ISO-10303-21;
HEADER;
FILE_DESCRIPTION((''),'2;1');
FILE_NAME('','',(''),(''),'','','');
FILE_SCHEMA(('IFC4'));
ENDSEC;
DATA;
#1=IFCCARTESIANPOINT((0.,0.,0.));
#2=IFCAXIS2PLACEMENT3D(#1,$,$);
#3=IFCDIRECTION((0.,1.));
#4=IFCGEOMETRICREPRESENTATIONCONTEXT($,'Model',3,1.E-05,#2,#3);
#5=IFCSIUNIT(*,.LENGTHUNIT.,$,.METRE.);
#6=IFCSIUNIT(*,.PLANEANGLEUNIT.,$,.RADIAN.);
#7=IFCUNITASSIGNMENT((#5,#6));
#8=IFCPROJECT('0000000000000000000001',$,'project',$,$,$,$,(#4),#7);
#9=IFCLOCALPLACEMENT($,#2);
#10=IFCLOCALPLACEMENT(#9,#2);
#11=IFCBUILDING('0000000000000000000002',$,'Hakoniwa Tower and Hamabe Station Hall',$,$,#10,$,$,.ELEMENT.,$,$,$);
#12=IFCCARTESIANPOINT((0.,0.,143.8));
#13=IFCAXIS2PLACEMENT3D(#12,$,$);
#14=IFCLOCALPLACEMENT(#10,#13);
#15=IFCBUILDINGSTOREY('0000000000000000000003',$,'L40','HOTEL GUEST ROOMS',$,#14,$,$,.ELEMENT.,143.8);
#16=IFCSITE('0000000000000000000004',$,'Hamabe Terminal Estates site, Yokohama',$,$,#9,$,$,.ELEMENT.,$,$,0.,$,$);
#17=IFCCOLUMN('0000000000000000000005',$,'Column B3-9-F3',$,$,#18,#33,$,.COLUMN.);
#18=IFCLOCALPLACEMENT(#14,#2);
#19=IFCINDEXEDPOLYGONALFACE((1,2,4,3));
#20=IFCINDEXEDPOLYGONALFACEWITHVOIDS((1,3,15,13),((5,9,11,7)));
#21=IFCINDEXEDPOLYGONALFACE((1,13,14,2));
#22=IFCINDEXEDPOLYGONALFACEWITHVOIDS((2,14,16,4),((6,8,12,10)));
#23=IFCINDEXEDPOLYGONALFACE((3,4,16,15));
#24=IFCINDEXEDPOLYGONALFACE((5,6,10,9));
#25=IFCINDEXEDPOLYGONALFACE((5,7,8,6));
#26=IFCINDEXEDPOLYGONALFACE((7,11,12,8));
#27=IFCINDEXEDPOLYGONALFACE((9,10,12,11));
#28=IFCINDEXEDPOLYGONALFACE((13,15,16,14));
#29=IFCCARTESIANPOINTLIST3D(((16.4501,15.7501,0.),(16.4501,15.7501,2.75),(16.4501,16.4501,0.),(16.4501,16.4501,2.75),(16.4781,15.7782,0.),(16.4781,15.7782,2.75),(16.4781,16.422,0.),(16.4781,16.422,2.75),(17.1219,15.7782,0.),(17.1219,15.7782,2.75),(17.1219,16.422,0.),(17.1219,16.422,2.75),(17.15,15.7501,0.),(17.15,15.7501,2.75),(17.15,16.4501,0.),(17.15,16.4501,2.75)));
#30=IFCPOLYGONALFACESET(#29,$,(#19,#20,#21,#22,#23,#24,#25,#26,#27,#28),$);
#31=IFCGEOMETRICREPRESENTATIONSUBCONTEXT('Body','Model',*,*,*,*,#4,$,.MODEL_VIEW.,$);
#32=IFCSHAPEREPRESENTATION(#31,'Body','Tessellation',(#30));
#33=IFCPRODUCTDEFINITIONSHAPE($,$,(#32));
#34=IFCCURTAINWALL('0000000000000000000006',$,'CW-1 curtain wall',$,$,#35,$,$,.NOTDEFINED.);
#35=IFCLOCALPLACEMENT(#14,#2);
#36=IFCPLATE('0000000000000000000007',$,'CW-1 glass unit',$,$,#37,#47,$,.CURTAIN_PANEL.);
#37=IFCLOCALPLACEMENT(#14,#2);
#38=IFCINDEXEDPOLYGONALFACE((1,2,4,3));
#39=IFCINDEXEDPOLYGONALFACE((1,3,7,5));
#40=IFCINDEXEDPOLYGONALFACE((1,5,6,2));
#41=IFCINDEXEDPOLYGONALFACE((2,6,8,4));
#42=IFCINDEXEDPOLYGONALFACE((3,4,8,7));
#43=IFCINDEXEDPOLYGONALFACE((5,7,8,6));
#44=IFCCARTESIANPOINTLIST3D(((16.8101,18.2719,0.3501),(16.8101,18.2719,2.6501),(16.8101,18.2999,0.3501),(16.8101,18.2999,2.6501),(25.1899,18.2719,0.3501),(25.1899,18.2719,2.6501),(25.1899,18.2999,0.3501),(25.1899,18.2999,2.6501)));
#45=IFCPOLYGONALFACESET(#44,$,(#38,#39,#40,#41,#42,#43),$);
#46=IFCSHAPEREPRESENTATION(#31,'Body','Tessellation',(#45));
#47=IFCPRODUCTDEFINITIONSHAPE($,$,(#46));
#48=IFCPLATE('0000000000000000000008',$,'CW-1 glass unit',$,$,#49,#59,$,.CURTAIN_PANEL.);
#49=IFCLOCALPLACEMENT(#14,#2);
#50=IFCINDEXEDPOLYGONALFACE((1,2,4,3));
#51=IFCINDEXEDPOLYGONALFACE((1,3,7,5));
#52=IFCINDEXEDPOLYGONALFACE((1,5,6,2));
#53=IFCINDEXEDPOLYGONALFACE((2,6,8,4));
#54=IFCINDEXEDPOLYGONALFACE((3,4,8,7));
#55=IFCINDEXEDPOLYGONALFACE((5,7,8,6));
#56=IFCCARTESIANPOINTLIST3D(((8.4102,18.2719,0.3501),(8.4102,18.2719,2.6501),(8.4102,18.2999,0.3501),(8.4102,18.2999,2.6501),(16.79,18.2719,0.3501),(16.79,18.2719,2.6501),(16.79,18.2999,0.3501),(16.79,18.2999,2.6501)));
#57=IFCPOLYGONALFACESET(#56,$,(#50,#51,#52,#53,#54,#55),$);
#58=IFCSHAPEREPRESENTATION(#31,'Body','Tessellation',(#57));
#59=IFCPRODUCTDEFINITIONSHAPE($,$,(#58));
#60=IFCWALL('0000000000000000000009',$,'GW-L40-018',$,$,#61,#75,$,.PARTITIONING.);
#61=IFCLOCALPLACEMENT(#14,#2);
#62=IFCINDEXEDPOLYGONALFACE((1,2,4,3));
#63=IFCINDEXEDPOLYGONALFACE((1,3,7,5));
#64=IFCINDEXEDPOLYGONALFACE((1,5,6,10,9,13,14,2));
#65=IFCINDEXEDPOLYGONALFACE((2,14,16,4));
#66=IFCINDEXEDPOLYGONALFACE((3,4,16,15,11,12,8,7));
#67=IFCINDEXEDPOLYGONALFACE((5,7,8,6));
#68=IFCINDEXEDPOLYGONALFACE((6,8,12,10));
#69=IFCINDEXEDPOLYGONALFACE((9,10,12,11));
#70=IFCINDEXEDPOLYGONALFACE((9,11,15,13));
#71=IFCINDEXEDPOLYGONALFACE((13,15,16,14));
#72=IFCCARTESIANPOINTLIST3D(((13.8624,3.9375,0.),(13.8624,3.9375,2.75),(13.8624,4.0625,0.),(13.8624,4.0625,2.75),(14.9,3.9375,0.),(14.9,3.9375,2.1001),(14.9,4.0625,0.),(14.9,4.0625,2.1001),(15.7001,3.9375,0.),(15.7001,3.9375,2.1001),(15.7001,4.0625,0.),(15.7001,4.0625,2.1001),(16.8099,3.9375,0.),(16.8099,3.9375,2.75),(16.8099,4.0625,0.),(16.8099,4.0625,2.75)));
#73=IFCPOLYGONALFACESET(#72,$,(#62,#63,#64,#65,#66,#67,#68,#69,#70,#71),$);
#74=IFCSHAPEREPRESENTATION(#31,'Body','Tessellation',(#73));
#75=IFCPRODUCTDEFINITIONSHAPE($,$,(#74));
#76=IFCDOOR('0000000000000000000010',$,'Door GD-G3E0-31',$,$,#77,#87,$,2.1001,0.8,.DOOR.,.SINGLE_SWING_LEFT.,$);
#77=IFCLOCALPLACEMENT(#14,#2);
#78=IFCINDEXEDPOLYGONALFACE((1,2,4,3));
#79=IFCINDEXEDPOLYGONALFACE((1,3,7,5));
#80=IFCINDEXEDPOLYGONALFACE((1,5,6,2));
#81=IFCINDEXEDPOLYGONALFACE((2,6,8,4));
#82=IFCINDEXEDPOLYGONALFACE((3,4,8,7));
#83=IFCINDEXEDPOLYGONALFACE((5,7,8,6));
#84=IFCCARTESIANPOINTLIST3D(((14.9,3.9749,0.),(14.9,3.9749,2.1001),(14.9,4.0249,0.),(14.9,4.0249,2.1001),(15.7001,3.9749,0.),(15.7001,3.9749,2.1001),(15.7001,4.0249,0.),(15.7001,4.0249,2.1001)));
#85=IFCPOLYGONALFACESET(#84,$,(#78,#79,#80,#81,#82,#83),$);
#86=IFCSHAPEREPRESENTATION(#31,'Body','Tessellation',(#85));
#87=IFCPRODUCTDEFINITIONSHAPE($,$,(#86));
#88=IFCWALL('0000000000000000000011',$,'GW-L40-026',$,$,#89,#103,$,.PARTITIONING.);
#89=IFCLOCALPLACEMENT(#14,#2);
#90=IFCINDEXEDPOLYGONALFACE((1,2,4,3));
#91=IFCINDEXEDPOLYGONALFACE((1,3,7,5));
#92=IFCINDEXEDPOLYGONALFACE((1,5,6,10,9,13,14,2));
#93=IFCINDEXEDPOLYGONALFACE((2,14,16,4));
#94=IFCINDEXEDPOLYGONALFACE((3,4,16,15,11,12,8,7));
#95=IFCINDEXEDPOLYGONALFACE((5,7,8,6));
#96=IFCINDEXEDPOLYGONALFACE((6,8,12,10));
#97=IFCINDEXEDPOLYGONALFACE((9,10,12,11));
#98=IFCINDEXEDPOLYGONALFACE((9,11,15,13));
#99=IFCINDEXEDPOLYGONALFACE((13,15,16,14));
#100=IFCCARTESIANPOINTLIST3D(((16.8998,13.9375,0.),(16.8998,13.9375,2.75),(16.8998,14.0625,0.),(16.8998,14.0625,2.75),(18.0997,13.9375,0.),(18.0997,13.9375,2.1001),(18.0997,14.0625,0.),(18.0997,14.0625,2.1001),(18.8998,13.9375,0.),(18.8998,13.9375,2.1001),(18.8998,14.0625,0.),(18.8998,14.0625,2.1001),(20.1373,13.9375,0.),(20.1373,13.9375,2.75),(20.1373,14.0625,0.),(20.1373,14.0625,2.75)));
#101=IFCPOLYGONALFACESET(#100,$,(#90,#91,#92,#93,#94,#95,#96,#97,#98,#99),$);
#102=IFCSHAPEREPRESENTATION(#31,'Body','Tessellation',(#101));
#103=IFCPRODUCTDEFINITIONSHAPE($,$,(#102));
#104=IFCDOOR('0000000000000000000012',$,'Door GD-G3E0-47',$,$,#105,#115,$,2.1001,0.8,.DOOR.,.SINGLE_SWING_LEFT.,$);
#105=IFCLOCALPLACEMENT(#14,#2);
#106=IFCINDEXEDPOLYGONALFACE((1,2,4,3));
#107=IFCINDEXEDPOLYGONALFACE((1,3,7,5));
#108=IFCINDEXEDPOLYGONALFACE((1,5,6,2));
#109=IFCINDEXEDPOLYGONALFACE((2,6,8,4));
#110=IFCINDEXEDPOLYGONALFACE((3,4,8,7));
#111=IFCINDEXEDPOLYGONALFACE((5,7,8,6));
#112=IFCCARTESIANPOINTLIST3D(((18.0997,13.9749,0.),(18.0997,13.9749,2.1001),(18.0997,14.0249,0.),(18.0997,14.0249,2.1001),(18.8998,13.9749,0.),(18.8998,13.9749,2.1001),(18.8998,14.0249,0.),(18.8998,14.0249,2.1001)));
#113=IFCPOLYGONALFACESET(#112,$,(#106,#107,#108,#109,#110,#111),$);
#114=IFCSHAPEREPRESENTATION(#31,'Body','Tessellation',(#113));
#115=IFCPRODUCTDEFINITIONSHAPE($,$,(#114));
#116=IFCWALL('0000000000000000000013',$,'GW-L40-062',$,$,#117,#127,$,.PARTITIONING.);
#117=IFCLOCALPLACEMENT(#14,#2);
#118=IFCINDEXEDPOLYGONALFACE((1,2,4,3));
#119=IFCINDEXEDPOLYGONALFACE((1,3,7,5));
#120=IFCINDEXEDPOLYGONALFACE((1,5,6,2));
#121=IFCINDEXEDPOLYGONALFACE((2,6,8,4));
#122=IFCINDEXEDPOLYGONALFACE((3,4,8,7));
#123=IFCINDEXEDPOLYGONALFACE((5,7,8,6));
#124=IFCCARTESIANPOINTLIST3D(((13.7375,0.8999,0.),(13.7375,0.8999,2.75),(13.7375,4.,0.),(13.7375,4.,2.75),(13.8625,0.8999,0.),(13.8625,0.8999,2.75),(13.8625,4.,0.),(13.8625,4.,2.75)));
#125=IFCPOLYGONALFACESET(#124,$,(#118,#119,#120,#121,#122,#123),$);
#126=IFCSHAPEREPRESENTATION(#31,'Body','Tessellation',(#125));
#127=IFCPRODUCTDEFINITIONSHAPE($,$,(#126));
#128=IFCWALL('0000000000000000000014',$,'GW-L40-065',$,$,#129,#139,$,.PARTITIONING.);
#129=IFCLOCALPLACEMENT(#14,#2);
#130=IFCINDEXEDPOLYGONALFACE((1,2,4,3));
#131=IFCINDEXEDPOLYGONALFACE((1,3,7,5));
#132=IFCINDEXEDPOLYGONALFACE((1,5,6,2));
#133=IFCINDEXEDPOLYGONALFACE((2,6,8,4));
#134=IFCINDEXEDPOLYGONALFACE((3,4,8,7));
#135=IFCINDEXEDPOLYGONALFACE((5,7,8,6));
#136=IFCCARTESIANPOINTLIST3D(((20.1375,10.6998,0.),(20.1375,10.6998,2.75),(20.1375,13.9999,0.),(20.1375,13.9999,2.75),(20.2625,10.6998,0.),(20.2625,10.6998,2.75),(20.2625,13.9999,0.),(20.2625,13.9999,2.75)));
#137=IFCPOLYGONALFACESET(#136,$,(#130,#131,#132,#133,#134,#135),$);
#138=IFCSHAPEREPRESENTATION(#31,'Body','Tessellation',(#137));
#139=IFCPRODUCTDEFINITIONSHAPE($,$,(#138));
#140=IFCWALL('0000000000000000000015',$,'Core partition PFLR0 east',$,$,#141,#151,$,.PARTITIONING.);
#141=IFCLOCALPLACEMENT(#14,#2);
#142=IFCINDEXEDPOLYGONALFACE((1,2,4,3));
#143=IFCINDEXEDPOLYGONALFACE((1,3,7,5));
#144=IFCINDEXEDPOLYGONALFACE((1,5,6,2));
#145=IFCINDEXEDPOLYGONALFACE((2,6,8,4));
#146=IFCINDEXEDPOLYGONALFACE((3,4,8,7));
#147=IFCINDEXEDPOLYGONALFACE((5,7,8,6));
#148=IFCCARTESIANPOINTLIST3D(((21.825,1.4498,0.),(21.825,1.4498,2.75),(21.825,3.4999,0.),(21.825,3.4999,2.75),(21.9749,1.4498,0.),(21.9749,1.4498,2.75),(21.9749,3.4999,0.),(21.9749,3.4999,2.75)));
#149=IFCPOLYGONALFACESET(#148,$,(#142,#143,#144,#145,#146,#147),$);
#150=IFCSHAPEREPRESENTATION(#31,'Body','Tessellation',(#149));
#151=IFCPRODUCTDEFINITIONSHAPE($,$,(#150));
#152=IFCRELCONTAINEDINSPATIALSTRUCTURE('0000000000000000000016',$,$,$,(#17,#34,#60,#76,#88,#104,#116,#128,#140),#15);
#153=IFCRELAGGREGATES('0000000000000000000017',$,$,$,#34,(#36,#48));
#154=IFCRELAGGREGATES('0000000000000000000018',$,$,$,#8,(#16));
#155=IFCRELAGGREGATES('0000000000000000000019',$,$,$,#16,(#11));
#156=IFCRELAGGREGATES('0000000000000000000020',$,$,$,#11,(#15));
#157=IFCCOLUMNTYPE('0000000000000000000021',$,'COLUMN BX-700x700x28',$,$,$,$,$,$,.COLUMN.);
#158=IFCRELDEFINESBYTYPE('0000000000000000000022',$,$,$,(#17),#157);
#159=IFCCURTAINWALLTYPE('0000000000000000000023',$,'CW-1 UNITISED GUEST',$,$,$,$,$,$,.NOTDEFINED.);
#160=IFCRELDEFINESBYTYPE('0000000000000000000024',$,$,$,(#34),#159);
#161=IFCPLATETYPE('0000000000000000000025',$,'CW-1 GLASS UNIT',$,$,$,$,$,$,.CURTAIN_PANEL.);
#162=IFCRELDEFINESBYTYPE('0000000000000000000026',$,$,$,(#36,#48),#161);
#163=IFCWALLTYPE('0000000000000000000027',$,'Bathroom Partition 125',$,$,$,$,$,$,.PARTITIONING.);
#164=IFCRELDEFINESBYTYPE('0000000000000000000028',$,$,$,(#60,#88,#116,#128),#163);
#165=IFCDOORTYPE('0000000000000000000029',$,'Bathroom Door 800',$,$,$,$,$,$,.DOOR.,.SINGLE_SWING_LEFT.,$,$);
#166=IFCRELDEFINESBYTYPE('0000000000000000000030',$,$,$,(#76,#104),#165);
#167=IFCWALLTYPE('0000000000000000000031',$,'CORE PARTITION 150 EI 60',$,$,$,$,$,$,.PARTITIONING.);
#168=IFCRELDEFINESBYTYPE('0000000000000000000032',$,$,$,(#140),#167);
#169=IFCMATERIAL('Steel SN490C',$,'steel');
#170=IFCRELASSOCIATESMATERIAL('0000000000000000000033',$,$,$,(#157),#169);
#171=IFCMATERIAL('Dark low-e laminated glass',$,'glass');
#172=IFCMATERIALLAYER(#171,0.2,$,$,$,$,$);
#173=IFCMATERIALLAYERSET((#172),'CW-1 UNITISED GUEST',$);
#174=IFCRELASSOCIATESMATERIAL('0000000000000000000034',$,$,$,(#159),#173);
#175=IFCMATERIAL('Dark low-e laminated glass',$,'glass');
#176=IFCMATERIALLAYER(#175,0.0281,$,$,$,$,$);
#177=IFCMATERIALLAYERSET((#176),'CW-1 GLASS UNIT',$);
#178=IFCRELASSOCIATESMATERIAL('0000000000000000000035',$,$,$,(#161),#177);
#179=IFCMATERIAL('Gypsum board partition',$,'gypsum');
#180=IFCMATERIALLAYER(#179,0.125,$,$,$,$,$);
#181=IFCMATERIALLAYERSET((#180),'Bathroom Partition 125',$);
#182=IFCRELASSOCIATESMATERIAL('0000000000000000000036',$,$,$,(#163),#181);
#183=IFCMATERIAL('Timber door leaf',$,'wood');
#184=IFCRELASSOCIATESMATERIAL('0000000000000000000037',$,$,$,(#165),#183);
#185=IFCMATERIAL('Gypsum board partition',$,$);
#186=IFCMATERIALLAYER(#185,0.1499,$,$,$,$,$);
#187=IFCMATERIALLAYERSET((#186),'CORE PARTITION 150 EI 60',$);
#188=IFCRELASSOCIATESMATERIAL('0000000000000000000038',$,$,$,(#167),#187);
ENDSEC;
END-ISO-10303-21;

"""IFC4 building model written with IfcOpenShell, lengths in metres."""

from ifc_helpers import new_model, si_unit, direction, frame, frame_2d, origin, origin_2d, place, context, subcontext, project, spatial, rectangle, hollow_rectangle, extrude, material, layer, layer_set, material_profile, profile_set, type_object, element, fill, aggregate, save


model = new_model("IFC4")

# Units and contexts
model_context = context("Model", 3, precision=1e-05, world=origin(), true_north=direction((0.0, 1.0)))
body_context = subcontext(model_context, "Body", "Model", "MODEL_VIEW")
ifc_project = project(units=[si_unit("LENGTHUNIT", "METRE"), si_unit("PLANEANGLEUNIT", "RADIAN")], contexts=[model_context])

# Site, building, storey
site_placement = place(None, origin())
site = spatial("IfcSite", under=ifc_project, at=site_placement, Name="Hamabe Terminal Estates site, Yokohama", CompositionType="ELEMENT", RefElevation=0.0)
building_placement = place(site_placement, origin())
building = spatial("IfcBuilding", under=site, at=building_placement, Name="Hakoniwa Tower and Hamabe Station Hall", CompositionType="ELEMENT")
storey_placement = place(building_placement, frame((0.0, 0.0, 143.8)))
storey = spatial("IfcBuildingStorey", under=building, at=storey_placement, Name="L40", Description="HOTEL GUEST ROOMS", CompositionType="ELEMENT", Elevation=143.8)

# Column
ifc_material_1 = material(Name="Steel SN490C", Category="steel")
ifc_material_profile = material_profile(ifc_material_1, hollow_rectangle(XDim=0.7, YDim=0.7, WallThickness=0.0281, at=origin_2d()), Name="BX-700x700x28")
ifc_profile_set = profile_set([ifc_material_profile], Name="Steel SN490C")
column_type = type_object("IfcColumnType", Name="COLUMN BX-700x700x28", PredefinedType="COLUMN", material=ifc_profile_set)
column_placement = place(storey_placement, frame((16.8, 16.1001, 0.0), z_axis=(0.0, 0.0, 1.0), x_axis=(1.0, 0.0, 0.0)))
element("IfcColumn", 1, at=column_placement, inside=storey, type_object=column_type, Name="Column B3-9-F3", PredefinedType="COLUMN", context=body_context, shape_type="SweptSolid", body=[
    extrude(hollow_rectangle(XDim=0.7, YDim=0.7, WallThickness=0.0281, at=origin_2d()), origin(), (0.0, 0.0, 1.0), 2.75),
])

# Curtain wall, plates
ifc_material_2 = material(Name="Dark low-e laminated glass", Category="glass")
ifc_layer_1 = layer(ifc_material_2, 0.2)
ifc_layer_set_1 = layer_set([ifc_layer_1], Name="CW-1 UNITISED GUEST")
curtain_wall_type = type_object("IfcCurtainWallType", Name="CW-1 UNITISED GUEST", PredefinedType="NOTDEFINED", material=ifc_layer_set_1)
curtain_wall_placement = place(storey_placement, origin())
curtain_wall = element("IfcCurtainWall", 2, at=curtain_wall_placement, inside=storey, type_object=curtain_wall_type, Name="CW-1 curtain wall", PredefinedType="NOTDEFINED")
ifc_material_3 = material(Name="Dark low-e laminated glass", Category="glass")
ifc_layer_2 = layer(ifc_material_3, 0.0281)
ifc_layer_set_2 = layer_set([ifc_layer_2], Name="CW-1 GLASS UNIT")
plate_type = type_object("IfcPlateType", Name="CW-1 GLASS UNIT", PredefinedType="CURTAIN_PANEL", material=ifc_layer_set_2)
plate_1_placement = place(storey_placement, frame((21.0, 18.2859, 0.3501), z_axis=(0.0, 0.0, 1.0), x_axis=(-1.0, 0.0, 0.0)))
plate_1 = element("IfcPlate", 3, at=plate_1_placement, type_object=plate_type, Name="CW-1 glass unit", PredefinedType="CURTAIN_PANEL", context=body_context, shape_type="SweptSolid", body=[
    extrude(rectangle(XDim=8.3799, YDim=0.0281, at=origin_2d()), origin(), (0.0, 0.0, 1.0), 2.3),
])
plate_2_placement = place(storey_placement, frame((12.6001, 18.2859, 0.3501), z_axis=(0.0, 0.0, 1.0), x_axis=(-1.0, 0.0, 0.0)))
plate_2 = element("IfcPlate", 4, at=plate_2_placement, type_object=plate_type, Name="CW-1 glass unit", PredefinedType="CURTAIN_PANEL", context=body_context, shape_type="SweptSolid", body=[
    extrude(rectangle(XDim=8.3799, YDim=0.0281, at=origin_2d()), origin(), (0.0, 0.0, 1.0), 2.3),
])
aggregate(curtain_wall, [plate_1, plate_2])

# Walls, openings, doors
ifc_material_4 = material(Name="Gypsum board partition", Category="gypsum")
ifc_layer_3 = layer(ifc_material_4, 0.125)
ifc_layer_set_3 = layer_set([ifc_layer_3], Name="Bathroom Partition 125")
wall_type_1 = type_object("IfcWallType", Name="Bathroom Partition 125", PredefinedType="PARTITIONING", material=ifc_layer_set_3)
wall_1_placement = place(storey_placement, frame((13.8625, 4.0, 0.0), z_axis=(0.0, 0.0, 1.0), x_axis=(1.0, 0.0, 0.0)))
wall_1 = element("IfcWall", 5, at=wall_1_placement, inside=storey, type_object=wall_type_1, Name="GW-L40-018", PredefinedType="PARTITIONING", context=body_context, shape_type="SweptSolid", body=[
    extrude(rectangle(XDim=2.9475, YDim=0.125, at=frame_2d((1.4736, 0.0))), origin(), (0.0, 0.0, 1.0), 2.75),
])
opening_1_placement = place(wall_1_placement, frame((1.0376, 0.0, 0.0)))
opening_1 = element("IfcOpeningElement", 6, at=opening_1_placement, cuts=wall_1, PredefinedType="OPENING", context=body_context, shape_type="SweptSolid", body=[
    extrude(rectangle(XDim=0.8, YDim=2.1001, at=frame_2d((0.3999, 1.05))), frame((0.0, 0.0725, 0.0), z_axis=(0.0, -1.0, 0.0), x_axis=(1.0, 0.0, 0.0)), (0.0, 0.0, 1.0), 0.145),
])
ifc_material_5 = material(Name="Timber door leaf", Category="wood")
door_type_1 = type_object("IfcDoorType", Name="Bathroom Door 800", OperationType="SINGLE_SWING_LEFT", PredefinedType="DOOR", material=ifc_material_5)
door_1_placement = place(opening_1_placement, origin())
door_1 = element("IfcDoor", 7, at=door_1_placement, inside=storey, type_object=door_type_1, Name="Door GD-G3E0-31", OperationType="SINGLE_SWING_LEFT", OverallHeight=2.1001, OverallWidth=0.8, PredefinedType="DOOR", context=body_context, shape_type="SweptSolid", body=[
    extrude(rectangle(XDim=0.8, YDim=2.1001, at=frame_2d((0.3999, 1.05))), frame((0.0, 0.0249, 0.0), z_axis=(0.0, -1.0, 0.0), x_axis=(1.0, 0.0, 0.0)), (0.0, 0.0, 1.0), 0.05),
])
fill(opening_1, door_1)
wall_2_placement = place(storey_placement, frame((16.8999, 14.0, 0.0), z_axis=(0.0, 0.0, 1.0), x_axis=(1.0, 0.0, 0.0)))
wall_2 = element("IfcWall", 8, at=wall_2_placement, inside=storey, type_object=wall_type_1, Name="GW-L40-026", PredefinedType="PARTITIONING", context=body_context, shape_type="SweptSolid", body=[
    extrude(rectangle(XDim=3.2375, YDim=0.125, at=frame_2d((1.6187, 0.0))), origin(), (0.0, 0.0, 1.0), 2.75),
])
opening_2_placement = place(wall_2_placement, frame((1.2, 0.0, 0.0)))
opening_2 = element("IfcOpeningElement", 9, at=opening_2_placement, cuts=wall_2, PredefinedType="OPENING", context=body_context, shape_type="SweptSolid", body=[
    extrude(rectangle(XDim=0.8, YDim=2.1001, at=frame_2d((0.3999, 1.05))), frame((0.0, 0.0725, 0.0), z_axis=(0.0, -1.0, 0.0), x_axis=(1.0, 0.0, 0.0)), (0.0, 0.0, 1.0), 0.145),
])
door_2_placement = place(opening_2_placement, origin())
door_2 = element("IfcDoor", 10, at=door_2_placement, inside=storey, type_object=door_type_1, Name="Door GD-G3E0-47", OperationType="SINGLE_SWING_LEFT", OverallHeight=2.1001, OverallWidth=0.8, PredefinedType="DOOR", context=body_context, shape_type="SweptSolid", body=[
    extrude(rectangle(XDim=0.8, YDim=2.1001, at=frame_2d((0.3999, 1.05))), frame((0.0, 0.0249, 0.0), z_axis=(0.0, -1.0, 0.0), x_axis=(1.0, 0.0, 0.0)), (0.0, 0.0, 1.0), 0.05),
])
fill(opening_2, door_2)

# Walls
wall_3_placement = place(storey_placement, frame((13.8, 0.8999, 0.0), z_axis=(0.0, 0.0, 1.0), x_axis=(0.0, 1.0, 0.0)))
element("IfcWall", 11, at=wall_3_placement, inside=storey, type_object=wall_type_1, Name="GW-L40-062", PredefinedType="PARTITIONING", context=body_context, shape_type="SweptSolid", body=[
    extrude(rectangle(XDim=3.1001, YDim=0.125, at=frame_2d((1.55, 0.0))), origin(), (0.0, 0.0, 1.0), 2.75),
])
wall_4_placement = place(storey_placement, frame((20.2, 10.7, 0.0), z_axis=(0.0, 0.0, 1.0), x_axis=(0.0, 1.0, 0.0)))
element("IfcWall", 12, at=wall_4_placement, inside=storey, type_object=wall_type_1, Name="GW-L40-065", PredefinedType="PARTITIONING", context=body_context, shape_type="SweptSolid", body=[
    extrude(rectangle(XDim=3.3, YDim=0.125, at=frame_2d((1.6499, 0.0))), origin(), (0.0, 0.0, 1.0), 2.75),
])
ifc_material_6 = material(Name="Gypsum board partition")
ifc_layer_4 = layer(ifc_material_6, 0.1499)
ifc_layer_set_4 = layer_set([ifc_layer_4], Name="CORE PARTITION 150 EI 60")
wall_type_2 = type_object("IfcWallType", Name="CORE PARTITION 150 EI 60", PredefinedType="PARTITIONING", material=ifc_layer_set_4)
wall_5_placement = place(storey_placement, frame((21.8999, 1.45, 0.0), z_axis=(0.0, 0.0, 1.0), x_axis=(0.0, 1.0, 0.0)))
element("IfcWall", 13, at=wall_5_placement, inside=storey, type_object=wall_type_2, Name="Core partition PFLR0 east", PredefinedType="PARTITIONING", context=body_context, shape_type="SweptSolid", body=[
    extrude(rectangle(XDim=2.05, YDim=0.1499, at=frame_2d((1.0249, 0.0))), origin(), (0.0, 0.0, 1.0), 2.75),
])

save(model, "model.ifc")
